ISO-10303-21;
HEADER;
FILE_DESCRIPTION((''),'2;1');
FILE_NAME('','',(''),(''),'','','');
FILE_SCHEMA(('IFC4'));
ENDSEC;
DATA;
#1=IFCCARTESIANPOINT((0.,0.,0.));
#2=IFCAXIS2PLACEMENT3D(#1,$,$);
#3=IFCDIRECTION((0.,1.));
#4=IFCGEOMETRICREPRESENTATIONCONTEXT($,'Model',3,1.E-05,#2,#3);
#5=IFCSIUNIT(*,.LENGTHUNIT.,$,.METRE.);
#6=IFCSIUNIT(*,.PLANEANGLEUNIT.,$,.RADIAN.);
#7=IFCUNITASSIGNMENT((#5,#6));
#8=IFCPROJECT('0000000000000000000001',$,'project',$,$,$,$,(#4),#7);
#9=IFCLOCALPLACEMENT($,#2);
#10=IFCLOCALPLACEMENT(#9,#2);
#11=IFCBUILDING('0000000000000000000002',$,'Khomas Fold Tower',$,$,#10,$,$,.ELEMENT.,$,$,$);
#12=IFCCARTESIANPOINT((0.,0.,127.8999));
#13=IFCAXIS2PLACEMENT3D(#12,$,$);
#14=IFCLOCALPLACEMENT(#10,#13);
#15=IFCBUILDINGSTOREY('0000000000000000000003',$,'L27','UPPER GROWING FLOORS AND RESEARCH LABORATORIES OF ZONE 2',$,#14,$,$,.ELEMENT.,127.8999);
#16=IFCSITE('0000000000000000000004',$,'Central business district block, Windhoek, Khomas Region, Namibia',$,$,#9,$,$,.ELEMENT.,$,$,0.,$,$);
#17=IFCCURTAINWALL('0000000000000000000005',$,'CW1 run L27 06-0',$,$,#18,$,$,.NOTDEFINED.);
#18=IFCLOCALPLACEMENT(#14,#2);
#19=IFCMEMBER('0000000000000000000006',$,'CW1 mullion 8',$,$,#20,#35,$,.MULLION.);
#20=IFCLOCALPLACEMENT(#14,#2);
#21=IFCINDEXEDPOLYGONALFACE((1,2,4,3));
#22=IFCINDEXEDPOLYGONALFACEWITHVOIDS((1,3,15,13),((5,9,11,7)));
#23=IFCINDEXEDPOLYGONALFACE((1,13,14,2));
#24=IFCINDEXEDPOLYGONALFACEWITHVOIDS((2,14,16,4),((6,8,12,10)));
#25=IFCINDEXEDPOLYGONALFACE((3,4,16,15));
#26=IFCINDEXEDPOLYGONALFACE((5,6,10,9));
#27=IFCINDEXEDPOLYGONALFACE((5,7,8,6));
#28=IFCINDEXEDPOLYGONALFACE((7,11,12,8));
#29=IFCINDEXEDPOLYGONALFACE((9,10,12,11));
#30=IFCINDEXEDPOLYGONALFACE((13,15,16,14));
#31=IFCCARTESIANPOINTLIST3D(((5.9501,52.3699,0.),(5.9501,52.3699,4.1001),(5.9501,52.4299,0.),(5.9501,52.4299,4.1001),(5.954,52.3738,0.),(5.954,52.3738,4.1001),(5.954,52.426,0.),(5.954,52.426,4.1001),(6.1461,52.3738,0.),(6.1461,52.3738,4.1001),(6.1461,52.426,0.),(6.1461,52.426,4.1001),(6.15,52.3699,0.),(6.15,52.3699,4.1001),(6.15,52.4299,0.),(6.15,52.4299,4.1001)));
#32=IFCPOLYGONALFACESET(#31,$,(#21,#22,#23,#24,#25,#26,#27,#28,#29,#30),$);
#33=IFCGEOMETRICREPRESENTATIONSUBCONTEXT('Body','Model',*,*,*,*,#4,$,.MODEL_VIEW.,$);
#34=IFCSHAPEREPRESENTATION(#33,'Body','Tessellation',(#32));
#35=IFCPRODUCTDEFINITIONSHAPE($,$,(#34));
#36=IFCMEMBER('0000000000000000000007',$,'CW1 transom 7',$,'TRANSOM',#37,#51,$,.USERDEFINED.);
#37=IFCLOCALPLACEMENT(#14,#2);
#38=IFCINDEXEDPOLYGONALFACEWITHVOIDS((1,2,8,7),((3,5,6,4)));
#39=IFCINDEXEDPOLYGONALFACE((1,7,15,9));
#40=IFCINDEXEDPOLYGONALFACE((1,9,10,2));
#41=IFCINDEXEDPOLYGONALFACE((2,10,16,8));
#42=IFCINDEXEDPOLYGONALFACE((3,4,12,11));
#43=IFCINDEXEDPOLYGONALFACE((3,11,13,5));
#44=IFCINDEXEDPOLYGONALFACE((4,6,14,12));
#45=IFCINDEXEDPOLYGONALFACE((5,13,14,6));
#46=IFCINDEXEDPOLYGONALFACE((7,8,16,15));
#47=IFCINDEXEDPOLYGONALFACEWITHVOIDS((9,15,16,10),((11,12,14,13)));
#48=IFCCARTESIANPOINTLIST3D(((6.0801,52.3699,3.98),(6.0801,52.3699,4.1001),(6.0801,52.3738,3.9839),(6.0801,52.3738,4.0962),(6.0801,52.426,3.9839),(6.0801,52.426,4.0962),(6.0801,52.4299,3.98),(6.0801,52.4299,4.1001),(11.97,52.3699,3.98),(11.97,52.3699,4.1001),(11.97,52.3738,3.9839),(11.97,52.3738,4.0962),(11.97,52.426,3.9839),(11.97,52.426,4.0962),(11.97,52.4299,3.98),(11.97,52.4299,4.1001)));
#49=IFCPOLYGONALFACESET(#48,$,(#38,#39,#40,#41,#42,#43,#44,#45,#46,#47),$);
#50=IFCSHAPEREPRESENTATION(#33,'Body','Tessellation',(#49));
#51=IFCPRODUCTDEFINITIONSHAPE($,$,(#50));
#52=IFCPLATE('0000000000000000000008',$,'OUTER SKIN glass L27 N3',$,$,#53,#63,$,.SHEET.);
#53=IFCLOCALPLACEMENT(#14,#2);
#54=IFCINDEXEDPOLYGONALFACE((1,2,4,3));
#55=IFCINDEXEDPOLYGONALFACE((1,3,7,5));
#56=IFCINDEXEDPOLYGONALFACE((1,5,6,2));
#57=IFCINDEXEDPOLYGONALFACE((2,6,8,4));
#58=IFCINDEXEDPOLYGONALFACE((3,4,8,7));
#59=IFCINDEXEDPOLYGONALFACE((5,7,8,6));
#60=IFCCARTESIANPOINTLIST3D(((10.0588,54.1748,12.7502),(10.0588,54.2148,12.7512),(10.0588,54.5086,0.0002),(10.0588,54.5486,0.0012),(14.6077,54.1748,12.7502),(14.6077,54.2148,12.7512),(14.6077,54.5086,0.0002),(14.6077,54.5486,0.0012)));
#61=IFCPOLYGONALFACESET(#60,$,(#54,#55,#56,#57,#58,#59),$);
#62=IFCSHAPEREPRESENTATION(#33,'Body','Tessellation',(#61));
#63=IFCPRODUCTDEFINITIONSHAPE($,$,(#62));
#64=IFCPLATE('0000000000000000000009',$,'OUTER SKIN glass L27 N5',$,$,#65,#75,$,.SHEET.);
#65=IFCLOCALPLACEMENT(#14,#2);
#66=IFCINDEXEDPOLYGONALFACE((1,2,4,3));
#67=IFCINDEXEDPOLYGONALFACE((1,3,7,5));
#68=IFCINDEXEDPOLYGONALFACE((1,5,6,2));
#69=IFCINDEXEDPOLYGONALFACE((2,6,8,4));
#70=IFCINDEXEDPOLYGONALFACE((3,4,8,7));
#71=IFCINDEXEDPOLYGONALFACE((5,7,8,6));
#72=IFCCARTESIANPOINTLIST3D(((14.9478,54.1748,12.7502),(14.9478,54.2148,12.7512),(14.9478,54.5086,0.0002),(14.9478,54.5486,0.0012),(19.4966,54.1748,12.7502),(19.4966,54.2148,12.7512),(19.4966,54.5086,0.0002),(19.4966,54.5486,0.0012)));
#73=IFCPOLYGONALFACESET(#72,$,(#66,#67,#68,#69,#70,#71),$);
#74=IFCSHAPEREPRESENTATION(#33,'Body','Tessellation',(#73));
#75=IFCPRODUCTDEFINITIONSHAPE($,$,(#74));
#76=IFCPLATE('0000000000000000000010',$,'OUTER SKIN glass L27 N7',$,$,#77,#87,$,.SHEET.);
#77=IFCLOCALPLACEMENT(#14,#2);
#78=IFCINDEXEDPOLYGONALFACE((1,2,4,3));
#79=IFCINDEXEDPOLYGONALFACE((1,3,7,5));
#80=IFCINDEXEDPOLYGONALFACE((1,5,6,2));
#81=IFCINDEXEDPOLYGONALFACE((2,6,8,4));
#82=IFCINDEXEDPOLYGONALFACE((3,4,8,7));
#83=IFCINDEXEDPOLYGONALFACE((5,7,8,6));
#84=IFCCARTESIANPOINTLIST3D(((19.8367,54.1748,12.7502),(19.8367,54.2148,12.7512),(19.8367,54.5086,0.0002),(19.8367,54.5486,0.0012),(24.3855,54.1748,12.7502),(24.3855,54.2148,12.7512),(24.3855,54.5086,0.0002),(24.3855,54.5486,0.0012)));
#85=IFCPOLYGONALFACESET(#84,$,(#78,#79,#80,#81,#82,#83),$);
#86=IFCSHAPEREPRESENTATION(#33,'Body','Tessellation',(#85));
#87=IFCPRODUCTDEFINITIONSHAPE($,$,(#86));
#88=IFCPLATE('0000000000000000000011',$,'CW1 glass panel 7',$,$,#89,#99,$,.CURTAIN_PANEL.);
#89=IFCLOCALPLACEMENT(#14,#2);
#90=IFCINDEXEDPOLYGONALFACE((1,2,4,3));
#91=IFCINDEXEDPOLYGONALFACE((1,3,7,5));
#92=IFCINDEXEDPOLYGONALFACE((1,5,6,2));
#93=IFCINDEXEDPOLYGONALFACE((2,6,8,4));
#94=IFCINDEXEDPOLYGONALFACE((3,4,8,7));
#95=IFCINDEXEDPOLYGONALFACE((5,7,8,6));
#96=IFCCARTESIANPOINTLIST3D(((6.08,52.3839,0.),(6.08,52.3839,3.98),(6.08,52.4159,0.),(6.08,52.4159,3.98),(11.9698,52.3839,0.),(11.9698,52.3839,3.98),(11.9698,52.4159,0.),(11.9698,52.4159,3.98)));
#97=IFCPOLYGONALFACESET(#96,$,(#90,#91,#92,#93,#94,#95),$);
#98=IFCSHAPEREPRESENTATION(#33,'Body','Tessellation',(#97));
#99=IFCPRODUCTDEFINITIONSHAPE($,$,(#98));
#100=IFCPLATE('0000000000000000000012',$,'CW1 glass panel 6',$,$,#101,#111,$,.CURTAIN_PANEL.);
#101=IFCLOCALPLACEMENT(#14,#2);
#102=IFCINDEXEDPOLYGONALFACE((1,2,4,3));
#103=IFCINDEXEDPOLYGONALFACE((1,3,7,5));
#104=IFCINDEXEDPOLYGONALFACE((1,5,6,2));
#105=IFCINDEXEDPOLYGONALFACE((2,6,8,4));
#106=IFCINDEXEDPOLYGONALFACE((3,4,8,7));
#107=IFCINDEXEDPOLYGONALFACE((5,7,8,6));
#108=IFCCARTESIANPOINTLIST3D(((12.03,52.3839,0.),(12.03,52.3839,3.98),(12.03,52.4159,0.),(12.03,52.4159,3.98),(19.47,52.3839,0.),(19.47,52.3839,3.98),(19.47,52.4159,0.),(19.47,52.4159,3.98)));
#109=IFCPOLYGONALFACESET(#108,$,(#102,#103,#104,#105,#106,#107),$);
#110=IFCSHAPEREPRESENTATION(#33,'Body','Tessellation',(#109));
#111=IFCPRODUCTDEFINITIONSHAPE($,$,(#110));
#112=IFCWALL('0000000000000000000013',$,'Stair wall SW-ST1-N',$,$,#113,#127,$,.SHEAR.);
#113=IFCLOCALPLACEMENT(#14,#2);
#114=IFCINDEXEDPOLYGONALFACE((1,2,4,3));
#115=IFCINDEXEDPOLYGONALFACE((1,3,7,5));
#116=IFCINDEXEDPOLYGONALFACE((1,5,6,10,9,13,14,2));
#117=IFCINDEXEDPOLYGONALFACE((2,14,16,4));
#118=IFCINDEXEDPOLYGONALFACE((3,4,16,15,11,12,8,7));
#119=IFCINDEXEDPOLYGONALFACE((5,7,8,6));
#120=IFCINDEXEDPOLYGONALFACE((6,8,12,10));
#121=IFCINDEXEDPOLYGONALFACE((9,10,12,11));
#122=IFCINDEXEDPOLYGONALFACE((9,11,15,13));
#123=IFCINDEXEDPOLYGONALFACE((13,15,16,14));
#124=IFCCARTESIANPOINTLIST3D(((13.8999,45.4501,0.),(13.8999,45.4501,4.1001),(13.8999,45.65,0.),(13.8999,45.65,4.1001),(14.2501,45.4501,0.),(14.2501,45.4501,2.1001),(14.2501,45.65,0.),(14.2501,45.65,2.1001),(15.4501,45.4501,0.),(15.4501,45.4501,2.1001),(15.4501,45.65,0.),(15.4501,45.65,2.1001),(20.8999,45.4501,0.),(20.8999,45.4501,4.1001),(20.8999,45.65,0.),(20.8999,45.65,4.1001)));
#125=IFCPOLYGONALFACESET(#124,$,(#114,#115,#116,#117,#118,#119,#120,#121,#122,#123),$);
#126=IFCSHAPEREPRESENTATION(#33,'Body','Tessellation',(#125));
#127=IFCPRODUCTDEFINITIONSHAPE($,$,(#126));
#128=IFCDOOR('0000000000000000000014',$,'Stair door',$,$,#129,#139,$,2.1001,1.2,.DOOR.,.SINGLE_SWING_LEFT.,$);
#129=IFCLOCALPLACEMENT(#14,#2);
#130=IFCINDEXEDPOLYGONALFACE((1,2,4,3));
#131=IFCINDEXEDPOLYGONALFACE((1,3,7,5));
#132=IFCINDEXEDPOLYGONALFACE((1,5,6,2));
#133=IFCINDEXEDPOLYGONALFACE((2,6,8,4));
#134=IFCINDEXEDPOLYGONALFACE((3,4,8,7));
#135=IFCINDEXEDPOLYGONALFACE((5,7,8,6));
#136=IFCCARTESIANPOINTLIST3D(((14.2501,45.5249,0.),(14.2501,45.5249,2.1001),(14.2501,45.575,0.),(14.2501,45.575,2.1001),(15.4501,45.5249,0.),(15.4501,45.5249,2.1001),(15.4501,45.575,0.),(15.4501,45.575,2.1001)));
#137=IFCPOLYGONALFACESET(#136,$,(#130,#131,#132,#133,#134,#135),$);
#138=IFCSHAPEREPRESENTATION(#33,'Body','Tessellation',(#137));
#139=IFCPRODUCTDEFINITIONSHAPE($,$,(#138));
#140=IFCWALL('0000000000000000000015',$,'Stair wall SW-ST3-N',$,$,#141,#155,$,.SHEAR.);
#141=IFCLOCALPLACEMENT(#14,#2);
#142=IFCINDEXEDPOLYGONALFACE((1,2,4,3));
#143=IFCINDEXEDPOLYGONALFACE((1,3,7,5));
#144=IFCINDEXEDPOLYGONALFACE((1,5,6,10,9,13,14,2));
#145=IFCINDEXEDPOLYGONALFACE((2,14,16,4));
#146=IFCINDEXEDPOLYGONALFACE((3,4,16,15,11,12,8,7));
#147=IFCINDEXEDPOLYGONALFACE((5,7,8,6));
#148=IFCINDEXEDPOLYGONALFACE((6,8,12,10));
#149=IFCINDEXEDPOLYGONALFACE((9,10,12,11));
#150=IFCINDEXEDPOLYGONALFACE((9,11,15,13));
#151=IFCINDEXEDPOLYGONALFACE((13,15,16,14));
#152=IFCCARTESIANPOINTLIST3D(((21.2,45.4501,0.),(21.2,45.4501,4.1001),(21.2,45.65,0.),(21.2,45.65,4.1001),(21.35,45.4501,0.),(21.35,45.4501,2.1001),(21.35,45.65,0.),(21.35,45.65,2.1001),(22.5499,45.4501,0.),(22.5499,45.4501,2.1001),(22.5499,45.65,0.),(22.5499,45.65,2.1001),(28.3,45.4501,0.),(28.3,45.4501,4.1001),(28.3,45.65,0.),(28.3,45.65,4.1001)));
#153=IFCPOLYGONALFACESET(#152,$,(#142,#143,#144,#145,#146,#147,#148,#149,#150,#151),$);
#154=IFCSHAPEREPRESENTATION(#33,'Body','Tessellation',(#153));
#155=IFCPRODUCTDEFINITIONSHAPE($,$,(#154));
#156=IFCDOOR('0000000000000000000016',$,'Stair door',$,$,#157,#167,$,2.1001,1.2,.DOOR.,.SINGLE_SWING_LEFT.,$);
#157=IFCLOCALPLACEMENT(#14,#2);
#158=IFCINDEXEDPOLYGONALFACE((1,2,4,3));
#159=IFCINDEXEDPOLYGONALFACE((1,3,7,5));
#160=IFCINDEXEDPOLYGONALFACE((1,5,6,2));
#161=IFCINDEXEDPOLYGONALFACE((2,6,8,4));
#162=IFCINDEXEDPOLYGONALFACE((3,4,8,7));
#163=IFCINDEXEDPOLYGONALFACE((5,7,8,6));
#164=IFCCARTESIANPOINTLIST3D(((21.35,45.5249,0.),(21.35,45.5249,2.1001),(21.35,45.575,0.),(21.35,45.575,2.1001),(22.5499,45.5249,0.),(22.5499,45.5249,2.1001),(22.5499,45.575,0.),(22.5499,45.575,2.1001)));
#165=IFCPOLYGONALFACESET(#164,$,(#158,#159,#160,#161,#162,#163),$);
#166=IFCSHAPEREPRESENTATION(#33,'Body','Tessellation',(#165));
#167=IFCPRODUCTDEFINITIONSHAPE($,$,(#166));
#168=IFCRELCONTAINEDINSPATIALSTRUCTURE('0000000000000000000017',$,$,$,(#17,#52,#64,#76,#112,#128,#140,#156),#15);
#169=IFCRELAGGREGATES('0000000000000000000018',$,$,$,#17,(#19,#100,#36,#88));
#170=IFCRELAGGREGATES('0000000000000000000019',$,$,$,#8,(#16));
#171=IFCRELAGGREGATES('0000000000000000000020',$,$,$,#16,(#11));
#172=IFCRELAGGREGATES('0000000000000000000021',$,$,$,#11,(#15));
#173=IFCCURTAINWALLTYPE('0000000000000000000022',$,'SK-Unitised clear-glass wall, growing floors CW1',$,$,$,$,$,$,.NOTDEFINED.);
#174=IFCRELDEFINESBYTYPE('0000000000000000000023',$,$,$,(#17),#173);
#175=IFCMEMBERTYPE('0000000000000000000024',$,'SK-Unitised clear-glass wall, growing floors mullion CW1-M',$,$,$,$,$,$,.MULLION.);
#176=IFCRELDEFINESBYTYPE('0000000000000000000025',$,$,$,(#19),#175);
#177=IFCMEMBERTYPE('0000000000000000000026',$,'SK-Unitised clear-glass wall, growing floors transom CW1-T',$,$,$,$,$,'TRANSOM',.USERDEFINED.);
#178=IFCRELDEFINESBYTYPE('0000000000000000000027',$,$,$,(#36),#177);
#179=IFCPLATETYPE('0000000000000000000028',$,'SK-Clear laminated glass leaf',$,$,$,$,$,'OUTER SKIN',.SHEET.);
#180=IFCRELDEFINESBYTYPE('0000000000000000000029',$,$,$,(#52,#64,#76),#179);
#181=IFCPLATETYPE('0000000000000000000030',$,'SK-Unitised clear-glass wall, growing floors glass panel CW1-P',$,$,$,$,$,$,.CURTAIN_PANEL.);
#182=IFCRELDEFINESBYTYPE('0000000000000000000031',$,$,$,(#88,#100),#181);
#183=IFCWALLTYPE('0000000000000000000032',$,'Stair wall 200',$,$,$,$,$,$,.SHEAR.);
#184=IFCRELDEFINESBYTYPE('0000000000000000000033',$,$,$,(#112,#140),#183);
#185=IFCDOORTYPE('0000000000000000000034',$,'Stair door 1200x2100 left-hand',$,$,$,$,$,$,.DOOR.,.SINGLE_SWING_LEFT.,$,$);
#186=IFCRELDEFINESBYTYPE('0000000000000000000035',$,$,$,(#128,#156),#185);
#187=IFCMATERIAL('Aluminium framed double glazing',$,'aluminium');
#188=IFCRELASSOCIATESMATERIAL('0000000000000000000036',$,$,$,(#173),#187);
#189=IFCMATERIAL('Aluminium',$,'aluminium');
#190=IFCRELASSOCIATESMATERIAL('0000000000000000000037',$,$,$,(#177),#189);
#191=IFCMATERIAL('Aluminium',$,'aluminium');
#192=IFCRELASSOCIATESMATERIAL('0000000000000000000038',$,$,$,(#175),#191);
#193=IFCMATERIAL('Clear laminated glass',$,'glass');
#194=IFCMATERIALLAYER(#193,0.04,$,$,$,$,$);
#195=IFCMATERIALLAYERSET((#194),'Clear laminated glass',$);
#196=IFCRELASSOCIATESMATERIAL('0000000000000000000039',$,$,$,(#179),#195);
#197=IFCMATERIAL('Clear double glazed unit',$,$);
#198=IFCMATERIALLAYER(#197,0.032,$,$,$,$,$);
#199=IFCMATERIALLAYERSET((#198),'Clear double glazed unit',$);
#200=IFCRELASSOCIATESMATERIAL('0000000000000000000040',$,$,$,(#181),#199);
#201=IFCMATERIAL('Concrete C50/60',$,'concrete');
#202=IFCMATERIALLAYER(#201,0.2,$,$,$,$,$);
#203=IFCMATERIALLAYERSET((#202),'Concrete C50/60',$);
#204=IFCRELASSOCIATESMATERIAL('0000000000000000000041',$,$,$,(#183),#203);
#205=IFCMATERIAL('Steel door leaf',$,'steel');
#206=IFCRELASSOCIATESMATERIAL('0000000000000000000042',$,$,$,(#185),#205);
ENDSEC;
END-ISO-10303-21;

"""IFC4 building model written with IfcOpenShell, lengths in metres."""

from ifc_helpers import new_model, si_unit, direction, frame, frame_2d, origin, origin_2d, place, context, subcontext, project, spatial, polyline, rectangle, hollow_rectangle, outline, extrude, source, transform, mapped, material, layer, layer_set, material_profile, profile_set, type_object, element, fill, aggregate, save


model = new_model("IFC4")

# Units and contexts
model_context = context("Model", 3, precision=1e-05, world=origin(), true_north=direction((0.0, 1.0)))
body_context = subcontext(model_context, "Body", "Model", "MODEL_VIEW")
ifc_project = project(units=[si_unit("LENGTHUNIT", "METRE"), si_unit("PLANEANGLEUNIT", "RADIAN")], contexts=[model_context])

# Site, building, storey
site_placement = place(None, origin())
site = spatial("IfcSite", under=ifc_project, at=site_placement, Name="Central business district block, Windhoek, Khomas Region, Namibia", CompositionType="ELEMENT", RefElevation=0.0)
building_placement = place(site_placement, origin())
building = spatial("IfcBuilding", under=site, at=building_placement, Name="Khomas Fold Tower", CompositionType="ELEMENT")
storey_placement = place(building_placement, frame((0.0, 0.0, 127.8999)))
storey = spatial("IfcBuildingStorey", under=building, at=storey_placement, Name="L27", Description="UPPER GROWING FLOORS AND RESEARCH LABORATORIES OF ZONE 2", CompositionType="ELEMENT", Elevation=127.8999)

# Curtain wall, members
ifc_material_1 = material(Name="Aluminium framed double glazing", Category="aluminium")
curtain_wall_type = type_object("IfcCurtainWallType", Name="SK-Unitised clear-glass wall, growing floors CW1", PredefinedType="NOTDEFINED", material=ifc_material_1)
curtain_wall_placement = place(storey_placement, origin())
curtain_wall = element("IfcCurtainWall", 1, at=curtain_wall_placement, inside=storey, type_object=curtain_wall_type, Name="CW1 run L27 06-0", PredefinedType="NOTDEFINED")
ifc_material_2 = material(Name="Aluminium", Category="aluminium")
ifc_material_profile_1 = material_profile(ifc_material_2, hollow_rectangle(XDim=0.0601, YDim=0.1201, WallThickness=0.0039, at=origin_2d()), Name="SK-Unitised clear-glass wall, growing floors transom CW1-T")
ifc_profile_set_1 = profile_set([ifc_material_profile_1], Name="Aluminium")
member_type_1 = type_object("IfcMemberType", Name="SK-Unitised clear-glass wall, growing floors transom CW1-T", ElementType="TRANSOM", PredefinedType="USERDEFINED", material=ifc_profile_set_1)
ifc_material_3 = material(Name="Aluminium", Category="aluminium")
ifc_material_profile_2 = material_profile(ifc_material_3, hollow_rectangle(XDim=0.0601, YDim=0.2, WallThickness=0.0039, at=origin_2d()), Name="SK-Unitised clear-glass wall, growing floors mullion CW1-M")
ifc_profile_set_2 = profile_set([ifc_material_profile_2], Name="Aluminium")
member_type_2 = type_object("IfcMemberType", Name="SK-Unitised clear-glass wall, growing floors mullion CW1-M", PredefinedType="MULLION", material=ifc_profile_set_2)
shared_shape_1 = source(origin(), body_context, "Body", "SweptSolid", [
    extrude(hollow_rectangle(XDim=0.0601, YDim=0.2, WallThickness=0.0039, at=origin_2d()), origin(), (0.0, 0.0, 1.0), 4.1001),
])
member_1_placement = place(storey_placement, frame((6.05, 52.3999, 0.0), z_axis=(0.0, 0.0, 1.0), x_axis=(0.0, -1.0, 0.0)))
member_1 = element("IfcMember", 2, at=member_1_placement, type_object=member_type_2, Name="CW1 mullion 8", PredefinedType="MULLION", context=body_context, shape_type="MappedRepresentation", body=[
    mapped(shared_shape_1, transform((0.0, 0.0, 0.0))),
])
shared_shape_2 = source(origin(), body_context, "Body", "SweptSolid", [
    extrude(hollow_rectangle(XDim=0.0601, YDim=0.1201, WallThickness=0.0039, at=origin_2d()), origin(), (0.0, 0.0, 1.0), 5.8899),
])
member_2_placement = place(storey_placement, frame((11.97, 52.3999, 4.04), z_axis=(-1.0, 0.0, 0.0), x_axis=(0.0, -1.0, 0.0)))
member_2 = element("IfcMember", 3, at=member_2_placement, type_object=member_type_1, Name="CW1 transom 7", ObjectType="TRANSOM", PredefinedType="USERDEFINED", context=body_context, shape_type="MappedRepresentation", body=[
    mapped(shared_shape_2, transform((0.0, 0.0, 0.0))),
])

# Plates
ifc_material_4 = material(Name="Clear laminated glass", Category="glass")
ifc_layer_1 = layer(ifc_material_4, 0.04)
ifc_layer_set_1 = layer_set([ifc_layer_1], Name="Clear laminated glass")
plate_type_1 = type_object("IfcPlateType", Name="SK-Clear laminated glass leaf", ElementType="OUTER SKIN", PredefinedType="SHEET", material=ifc_layer_set_1)
for number, where, z_axis, x_axis, name in (
    (4, (10.0588, 54.5486, 0.0012), (0.0, 0.999658, 0.026167), (1.0, 0.0, 0.0), "OUTER SKIN glass L27 N3"),
    (5, (14.9478, 54.5486, 0.0012), (0.0, 0.999658, 0.026167), (1.0, 0.0, 0.0), "OUTER SKIN glass L27 N5"),
    (6, (19.8367, 54.5486, 0.0012), (0.0, 0.999658, 0.026167), (1.0, 0.0, 0.0), "OUTER SKIN glass L27 N7"),
):
    element("IfcPlate", number, at=place(storey_placement, frame(where, z_axis=z_axis, x_axis=x_axis)), inside=storey, type_object=plate_type_1, Name=name, PredefinedType="SHEET", context=body_context, shape_type="SweptSolid", body=[
        extrude(outline(polyline([(0.0, 0.0), (4.5488, 0.0), (4.5488, -12.7544), (0.0, -12.7544), (0.0, 0.0)])), origin(), (0.0, 0.0, -1.0), 0.04),
    ])

# Plates
ifc_material_5 = material(Name="Clear double glazed unit")
ifc_layer_2 = layer(ifc_material_5, 0.032)
ifc_layer_set_2 = layer_set([ifc_layer_2], Name="Clear double glazed unit")
plate_type_2 = type_object("IfcPlateType", Name="SK-Unitised clear-glass wall, growing floors glass panel CW1-P", PredefinedType="CURTAIN_PANEL", material=ifc_layer_set_2)
shared_shape_3 = source(origin(), body_context, "Body", "SweptSolid", [
    extrude(rectangle(XDim=5.8899, YDim=0.032, at=origin_2d()), origin(), (0.0, 0.0, 1.0), 3.98),
])
plate_1_placement = place(storey_placement, frame((9.0249, 52.3999, 0.0), z_axis=(0.0, 0.0, 1.0), x_axis=(-1.0, 0.0, 0.0)))
plate_1 = element("IfcPlate", 7, at=plate_1_placement, type_object=plate_type_2, Name="CW1 glass panel 7", PredefinedType="CURTAIN_PANEL", context=body_context, shape_type="MappedRepresentation", body=[
    mapped(shared_shape_3, transform((0.0, 0.0, 0.0))),
])
shared_shape_4 = source(origin(), body_context, "Body", "SweptSolid", [
    extrude(rectangle(XDim=7.4399, YDim=0.032, at=origin_2d()), origin(), (0.0, 0.0, 1.0), 3.98),
])
plate_2_placement = place(storey_placement, frame((15.75, 52.3999, 0.0), z_axis=(0.0, 0.0, 1.0), x_axis=(-1.0, 0.0, 0.0)))
plate_2 = element("IfcPlate", 8, at=plate_2_placement, type_object=plate_type_2, Name="CW1 glass panel 6", PredefinedType="CURTAIN_PANEL", context=body_context, shape_type="MappedRepresentation", body=[
    mapped(shared_shape_4, transform((0.0, 0.0, 0.0))),
])
aggregate(curtain_wall, [member_1, plate_2, member_2, plate_1])

# Walls, openings, doors
ifc_material_6 = material(Name="Concrete C50/60", Category="concrete")
ifc_layer_3 = layer(ifc_material_6, 0.2)
ifc_layer_set_3 = layer_set([ifc_layer_3], Name="Concrete C50/60")
wall_type = type_object("IfcWallType", Name="Stair wall 200", PredefinedType="SHEAR", material=ifc_layer_set_3)
shared_shape_5 = source(origin(), body_context, "Body", "SweptSolid", [
    extrude(rectangle(XDim=7.0, YDim=0.2, at=frame_2d((3.5, 0.0))), origin(), (0.0, 0.0, 1.0), 4.1001),
])
wall_1_placement = place(storey_placement, frame((13.8999, 45.55, 0.0), z_axis=(0.0, 0.0, 1.0), x_axis=(1.0, 0.0, 0.0)))
wall_1 = element("IfcWall", 9, at=wall_1_placement, inside=storey, type_object=wall_type, Name="Stair wall SW-ST1-N", PredefinedType="SHEAR", context=body_context, shape_type="MappedRepresentation", body=[
    mapped(shared_shape_5, transform((0.0, 0.0, 0.0))),
])
shared_shape_6 = source(origin(), body_context, "Body", "SweptSolid", [
    extrude(rectangle(XDim=1.2, YDim=2.1001, at=frame_2d((0.6001, 1.05))), frame((0.0, 0.1099, 0.0), z_axis=(0.0, -1.0, 0.0), x_axis=(1.0, 0.0, 0.0)), (0.0, 0.0, 1.0), 0.22),
])
opening_1_placement = place(wall_1_placement, frame((0.3501, 0.0, 0.0)))
opening_1 = element("IfcOpeningElement", 10, at=opening_1_placement, cuts=wall_1, PredefinedType="OPENING", context=body_context, shape_type="MappedRepresentation", body=[
    mapped(shared_shape_6, transform((0.0, 0.0, 0.0))),
])
ifc_material_7 = material(Name="Steel door leaf", Category="steel")
door_type = type_object("IfcDoorType", Name="Stair door 1200x2100 left-hand", OperationType="SINGLE_SWING_LEFT", PredefinedType="DOOR", material=ifc_material_7)
shared_shape_7 = source(origin(), body_context, "Body", "SweptSolid", [
    extrude(rectangle(XDim=1.2, YDim=2.1001, at=frame_2d((0.6001, 1.05))), frame((0.0, 0.0249, 0.0), z_axis=(0.0, -1.0, 0.0), x_axis=(1.0, 0.0, 0.0)), (0.0, 0.0, 1.0), 0.05),
])
door_1_placement = place(opening_1_placement, origin())
door_1 = element("IfcDoor", 11, at=door_1_placement, inside=storey, type_object=door_type, Name="Stair door", OperationType="SINGLE_SWING_LEFT", OverallHeight=2.1001, OverallWidth=1.2, PredefinedType="DOOR", context=body_context, shape_type="MappedRepresentation", body=[
    mapped(shared_shape_7, transform((0.0, 0.0, 0.0))),
])
fill(opening_1, door_1)
shared_shape_8 = source(origin(), body_context, "Body", "SweptSolid", [
    extrude(rectangle(XDim=7.1001, YDim=0.2, at=frame_2d((3.55, 0.0))), origin(), (0.0, 0.0, 1.0), 4.1001),
])
wall_2_placement = place(storey_placement, frame((21.2, 45.55, 0.0), z_axis=(0.0, 0.0, 1.0), x_axis=(1.0, 0.0, 0.0)))
wall_2 = element("IfcWall", 12, at=wall_2_placement, inside=storey, type_object=wall_type, Name="Stair wall SW-ST3-N", PredefinedType="SHEAR", context=body_context, shape_type="MappedRepresentation", body=[
    mapped(shared_shape_8, transform((0.0, 0.0, 0.0))),
])
opening_2_placement = place(wall_2_placement, frame((0.1499, 0.0, 0.0)))
opening_2 = element("IfcOpeningElement", 13, at=opening_2_placement, cuts=wall_2, PredefinedType="OPENING", context=body_context, shape_type="MappedRepresentation", body=[
    mapped(shared_shape_6, transform((0.0, 0.0, 0.0))),
])
door_2_placement = place(opening_2_placement, origin())
door_2 = element("IfcDoor", 14, at=door_2_placement, inside=storey, type_object=door_type, Name="Stair door", OperationType="SINGLE_SWING_LEFT", OverallHeight=2.1001, OverallWidth=1.2, PredefinedType="DOOR", context=body_context, shape_type="MappedRepresentation", body=[
    mapped(shared_shape_7, transform((0.0, 0.0, 0.0))),
])
fill(opening_2, door_2)

save(model, "model.ifc")
